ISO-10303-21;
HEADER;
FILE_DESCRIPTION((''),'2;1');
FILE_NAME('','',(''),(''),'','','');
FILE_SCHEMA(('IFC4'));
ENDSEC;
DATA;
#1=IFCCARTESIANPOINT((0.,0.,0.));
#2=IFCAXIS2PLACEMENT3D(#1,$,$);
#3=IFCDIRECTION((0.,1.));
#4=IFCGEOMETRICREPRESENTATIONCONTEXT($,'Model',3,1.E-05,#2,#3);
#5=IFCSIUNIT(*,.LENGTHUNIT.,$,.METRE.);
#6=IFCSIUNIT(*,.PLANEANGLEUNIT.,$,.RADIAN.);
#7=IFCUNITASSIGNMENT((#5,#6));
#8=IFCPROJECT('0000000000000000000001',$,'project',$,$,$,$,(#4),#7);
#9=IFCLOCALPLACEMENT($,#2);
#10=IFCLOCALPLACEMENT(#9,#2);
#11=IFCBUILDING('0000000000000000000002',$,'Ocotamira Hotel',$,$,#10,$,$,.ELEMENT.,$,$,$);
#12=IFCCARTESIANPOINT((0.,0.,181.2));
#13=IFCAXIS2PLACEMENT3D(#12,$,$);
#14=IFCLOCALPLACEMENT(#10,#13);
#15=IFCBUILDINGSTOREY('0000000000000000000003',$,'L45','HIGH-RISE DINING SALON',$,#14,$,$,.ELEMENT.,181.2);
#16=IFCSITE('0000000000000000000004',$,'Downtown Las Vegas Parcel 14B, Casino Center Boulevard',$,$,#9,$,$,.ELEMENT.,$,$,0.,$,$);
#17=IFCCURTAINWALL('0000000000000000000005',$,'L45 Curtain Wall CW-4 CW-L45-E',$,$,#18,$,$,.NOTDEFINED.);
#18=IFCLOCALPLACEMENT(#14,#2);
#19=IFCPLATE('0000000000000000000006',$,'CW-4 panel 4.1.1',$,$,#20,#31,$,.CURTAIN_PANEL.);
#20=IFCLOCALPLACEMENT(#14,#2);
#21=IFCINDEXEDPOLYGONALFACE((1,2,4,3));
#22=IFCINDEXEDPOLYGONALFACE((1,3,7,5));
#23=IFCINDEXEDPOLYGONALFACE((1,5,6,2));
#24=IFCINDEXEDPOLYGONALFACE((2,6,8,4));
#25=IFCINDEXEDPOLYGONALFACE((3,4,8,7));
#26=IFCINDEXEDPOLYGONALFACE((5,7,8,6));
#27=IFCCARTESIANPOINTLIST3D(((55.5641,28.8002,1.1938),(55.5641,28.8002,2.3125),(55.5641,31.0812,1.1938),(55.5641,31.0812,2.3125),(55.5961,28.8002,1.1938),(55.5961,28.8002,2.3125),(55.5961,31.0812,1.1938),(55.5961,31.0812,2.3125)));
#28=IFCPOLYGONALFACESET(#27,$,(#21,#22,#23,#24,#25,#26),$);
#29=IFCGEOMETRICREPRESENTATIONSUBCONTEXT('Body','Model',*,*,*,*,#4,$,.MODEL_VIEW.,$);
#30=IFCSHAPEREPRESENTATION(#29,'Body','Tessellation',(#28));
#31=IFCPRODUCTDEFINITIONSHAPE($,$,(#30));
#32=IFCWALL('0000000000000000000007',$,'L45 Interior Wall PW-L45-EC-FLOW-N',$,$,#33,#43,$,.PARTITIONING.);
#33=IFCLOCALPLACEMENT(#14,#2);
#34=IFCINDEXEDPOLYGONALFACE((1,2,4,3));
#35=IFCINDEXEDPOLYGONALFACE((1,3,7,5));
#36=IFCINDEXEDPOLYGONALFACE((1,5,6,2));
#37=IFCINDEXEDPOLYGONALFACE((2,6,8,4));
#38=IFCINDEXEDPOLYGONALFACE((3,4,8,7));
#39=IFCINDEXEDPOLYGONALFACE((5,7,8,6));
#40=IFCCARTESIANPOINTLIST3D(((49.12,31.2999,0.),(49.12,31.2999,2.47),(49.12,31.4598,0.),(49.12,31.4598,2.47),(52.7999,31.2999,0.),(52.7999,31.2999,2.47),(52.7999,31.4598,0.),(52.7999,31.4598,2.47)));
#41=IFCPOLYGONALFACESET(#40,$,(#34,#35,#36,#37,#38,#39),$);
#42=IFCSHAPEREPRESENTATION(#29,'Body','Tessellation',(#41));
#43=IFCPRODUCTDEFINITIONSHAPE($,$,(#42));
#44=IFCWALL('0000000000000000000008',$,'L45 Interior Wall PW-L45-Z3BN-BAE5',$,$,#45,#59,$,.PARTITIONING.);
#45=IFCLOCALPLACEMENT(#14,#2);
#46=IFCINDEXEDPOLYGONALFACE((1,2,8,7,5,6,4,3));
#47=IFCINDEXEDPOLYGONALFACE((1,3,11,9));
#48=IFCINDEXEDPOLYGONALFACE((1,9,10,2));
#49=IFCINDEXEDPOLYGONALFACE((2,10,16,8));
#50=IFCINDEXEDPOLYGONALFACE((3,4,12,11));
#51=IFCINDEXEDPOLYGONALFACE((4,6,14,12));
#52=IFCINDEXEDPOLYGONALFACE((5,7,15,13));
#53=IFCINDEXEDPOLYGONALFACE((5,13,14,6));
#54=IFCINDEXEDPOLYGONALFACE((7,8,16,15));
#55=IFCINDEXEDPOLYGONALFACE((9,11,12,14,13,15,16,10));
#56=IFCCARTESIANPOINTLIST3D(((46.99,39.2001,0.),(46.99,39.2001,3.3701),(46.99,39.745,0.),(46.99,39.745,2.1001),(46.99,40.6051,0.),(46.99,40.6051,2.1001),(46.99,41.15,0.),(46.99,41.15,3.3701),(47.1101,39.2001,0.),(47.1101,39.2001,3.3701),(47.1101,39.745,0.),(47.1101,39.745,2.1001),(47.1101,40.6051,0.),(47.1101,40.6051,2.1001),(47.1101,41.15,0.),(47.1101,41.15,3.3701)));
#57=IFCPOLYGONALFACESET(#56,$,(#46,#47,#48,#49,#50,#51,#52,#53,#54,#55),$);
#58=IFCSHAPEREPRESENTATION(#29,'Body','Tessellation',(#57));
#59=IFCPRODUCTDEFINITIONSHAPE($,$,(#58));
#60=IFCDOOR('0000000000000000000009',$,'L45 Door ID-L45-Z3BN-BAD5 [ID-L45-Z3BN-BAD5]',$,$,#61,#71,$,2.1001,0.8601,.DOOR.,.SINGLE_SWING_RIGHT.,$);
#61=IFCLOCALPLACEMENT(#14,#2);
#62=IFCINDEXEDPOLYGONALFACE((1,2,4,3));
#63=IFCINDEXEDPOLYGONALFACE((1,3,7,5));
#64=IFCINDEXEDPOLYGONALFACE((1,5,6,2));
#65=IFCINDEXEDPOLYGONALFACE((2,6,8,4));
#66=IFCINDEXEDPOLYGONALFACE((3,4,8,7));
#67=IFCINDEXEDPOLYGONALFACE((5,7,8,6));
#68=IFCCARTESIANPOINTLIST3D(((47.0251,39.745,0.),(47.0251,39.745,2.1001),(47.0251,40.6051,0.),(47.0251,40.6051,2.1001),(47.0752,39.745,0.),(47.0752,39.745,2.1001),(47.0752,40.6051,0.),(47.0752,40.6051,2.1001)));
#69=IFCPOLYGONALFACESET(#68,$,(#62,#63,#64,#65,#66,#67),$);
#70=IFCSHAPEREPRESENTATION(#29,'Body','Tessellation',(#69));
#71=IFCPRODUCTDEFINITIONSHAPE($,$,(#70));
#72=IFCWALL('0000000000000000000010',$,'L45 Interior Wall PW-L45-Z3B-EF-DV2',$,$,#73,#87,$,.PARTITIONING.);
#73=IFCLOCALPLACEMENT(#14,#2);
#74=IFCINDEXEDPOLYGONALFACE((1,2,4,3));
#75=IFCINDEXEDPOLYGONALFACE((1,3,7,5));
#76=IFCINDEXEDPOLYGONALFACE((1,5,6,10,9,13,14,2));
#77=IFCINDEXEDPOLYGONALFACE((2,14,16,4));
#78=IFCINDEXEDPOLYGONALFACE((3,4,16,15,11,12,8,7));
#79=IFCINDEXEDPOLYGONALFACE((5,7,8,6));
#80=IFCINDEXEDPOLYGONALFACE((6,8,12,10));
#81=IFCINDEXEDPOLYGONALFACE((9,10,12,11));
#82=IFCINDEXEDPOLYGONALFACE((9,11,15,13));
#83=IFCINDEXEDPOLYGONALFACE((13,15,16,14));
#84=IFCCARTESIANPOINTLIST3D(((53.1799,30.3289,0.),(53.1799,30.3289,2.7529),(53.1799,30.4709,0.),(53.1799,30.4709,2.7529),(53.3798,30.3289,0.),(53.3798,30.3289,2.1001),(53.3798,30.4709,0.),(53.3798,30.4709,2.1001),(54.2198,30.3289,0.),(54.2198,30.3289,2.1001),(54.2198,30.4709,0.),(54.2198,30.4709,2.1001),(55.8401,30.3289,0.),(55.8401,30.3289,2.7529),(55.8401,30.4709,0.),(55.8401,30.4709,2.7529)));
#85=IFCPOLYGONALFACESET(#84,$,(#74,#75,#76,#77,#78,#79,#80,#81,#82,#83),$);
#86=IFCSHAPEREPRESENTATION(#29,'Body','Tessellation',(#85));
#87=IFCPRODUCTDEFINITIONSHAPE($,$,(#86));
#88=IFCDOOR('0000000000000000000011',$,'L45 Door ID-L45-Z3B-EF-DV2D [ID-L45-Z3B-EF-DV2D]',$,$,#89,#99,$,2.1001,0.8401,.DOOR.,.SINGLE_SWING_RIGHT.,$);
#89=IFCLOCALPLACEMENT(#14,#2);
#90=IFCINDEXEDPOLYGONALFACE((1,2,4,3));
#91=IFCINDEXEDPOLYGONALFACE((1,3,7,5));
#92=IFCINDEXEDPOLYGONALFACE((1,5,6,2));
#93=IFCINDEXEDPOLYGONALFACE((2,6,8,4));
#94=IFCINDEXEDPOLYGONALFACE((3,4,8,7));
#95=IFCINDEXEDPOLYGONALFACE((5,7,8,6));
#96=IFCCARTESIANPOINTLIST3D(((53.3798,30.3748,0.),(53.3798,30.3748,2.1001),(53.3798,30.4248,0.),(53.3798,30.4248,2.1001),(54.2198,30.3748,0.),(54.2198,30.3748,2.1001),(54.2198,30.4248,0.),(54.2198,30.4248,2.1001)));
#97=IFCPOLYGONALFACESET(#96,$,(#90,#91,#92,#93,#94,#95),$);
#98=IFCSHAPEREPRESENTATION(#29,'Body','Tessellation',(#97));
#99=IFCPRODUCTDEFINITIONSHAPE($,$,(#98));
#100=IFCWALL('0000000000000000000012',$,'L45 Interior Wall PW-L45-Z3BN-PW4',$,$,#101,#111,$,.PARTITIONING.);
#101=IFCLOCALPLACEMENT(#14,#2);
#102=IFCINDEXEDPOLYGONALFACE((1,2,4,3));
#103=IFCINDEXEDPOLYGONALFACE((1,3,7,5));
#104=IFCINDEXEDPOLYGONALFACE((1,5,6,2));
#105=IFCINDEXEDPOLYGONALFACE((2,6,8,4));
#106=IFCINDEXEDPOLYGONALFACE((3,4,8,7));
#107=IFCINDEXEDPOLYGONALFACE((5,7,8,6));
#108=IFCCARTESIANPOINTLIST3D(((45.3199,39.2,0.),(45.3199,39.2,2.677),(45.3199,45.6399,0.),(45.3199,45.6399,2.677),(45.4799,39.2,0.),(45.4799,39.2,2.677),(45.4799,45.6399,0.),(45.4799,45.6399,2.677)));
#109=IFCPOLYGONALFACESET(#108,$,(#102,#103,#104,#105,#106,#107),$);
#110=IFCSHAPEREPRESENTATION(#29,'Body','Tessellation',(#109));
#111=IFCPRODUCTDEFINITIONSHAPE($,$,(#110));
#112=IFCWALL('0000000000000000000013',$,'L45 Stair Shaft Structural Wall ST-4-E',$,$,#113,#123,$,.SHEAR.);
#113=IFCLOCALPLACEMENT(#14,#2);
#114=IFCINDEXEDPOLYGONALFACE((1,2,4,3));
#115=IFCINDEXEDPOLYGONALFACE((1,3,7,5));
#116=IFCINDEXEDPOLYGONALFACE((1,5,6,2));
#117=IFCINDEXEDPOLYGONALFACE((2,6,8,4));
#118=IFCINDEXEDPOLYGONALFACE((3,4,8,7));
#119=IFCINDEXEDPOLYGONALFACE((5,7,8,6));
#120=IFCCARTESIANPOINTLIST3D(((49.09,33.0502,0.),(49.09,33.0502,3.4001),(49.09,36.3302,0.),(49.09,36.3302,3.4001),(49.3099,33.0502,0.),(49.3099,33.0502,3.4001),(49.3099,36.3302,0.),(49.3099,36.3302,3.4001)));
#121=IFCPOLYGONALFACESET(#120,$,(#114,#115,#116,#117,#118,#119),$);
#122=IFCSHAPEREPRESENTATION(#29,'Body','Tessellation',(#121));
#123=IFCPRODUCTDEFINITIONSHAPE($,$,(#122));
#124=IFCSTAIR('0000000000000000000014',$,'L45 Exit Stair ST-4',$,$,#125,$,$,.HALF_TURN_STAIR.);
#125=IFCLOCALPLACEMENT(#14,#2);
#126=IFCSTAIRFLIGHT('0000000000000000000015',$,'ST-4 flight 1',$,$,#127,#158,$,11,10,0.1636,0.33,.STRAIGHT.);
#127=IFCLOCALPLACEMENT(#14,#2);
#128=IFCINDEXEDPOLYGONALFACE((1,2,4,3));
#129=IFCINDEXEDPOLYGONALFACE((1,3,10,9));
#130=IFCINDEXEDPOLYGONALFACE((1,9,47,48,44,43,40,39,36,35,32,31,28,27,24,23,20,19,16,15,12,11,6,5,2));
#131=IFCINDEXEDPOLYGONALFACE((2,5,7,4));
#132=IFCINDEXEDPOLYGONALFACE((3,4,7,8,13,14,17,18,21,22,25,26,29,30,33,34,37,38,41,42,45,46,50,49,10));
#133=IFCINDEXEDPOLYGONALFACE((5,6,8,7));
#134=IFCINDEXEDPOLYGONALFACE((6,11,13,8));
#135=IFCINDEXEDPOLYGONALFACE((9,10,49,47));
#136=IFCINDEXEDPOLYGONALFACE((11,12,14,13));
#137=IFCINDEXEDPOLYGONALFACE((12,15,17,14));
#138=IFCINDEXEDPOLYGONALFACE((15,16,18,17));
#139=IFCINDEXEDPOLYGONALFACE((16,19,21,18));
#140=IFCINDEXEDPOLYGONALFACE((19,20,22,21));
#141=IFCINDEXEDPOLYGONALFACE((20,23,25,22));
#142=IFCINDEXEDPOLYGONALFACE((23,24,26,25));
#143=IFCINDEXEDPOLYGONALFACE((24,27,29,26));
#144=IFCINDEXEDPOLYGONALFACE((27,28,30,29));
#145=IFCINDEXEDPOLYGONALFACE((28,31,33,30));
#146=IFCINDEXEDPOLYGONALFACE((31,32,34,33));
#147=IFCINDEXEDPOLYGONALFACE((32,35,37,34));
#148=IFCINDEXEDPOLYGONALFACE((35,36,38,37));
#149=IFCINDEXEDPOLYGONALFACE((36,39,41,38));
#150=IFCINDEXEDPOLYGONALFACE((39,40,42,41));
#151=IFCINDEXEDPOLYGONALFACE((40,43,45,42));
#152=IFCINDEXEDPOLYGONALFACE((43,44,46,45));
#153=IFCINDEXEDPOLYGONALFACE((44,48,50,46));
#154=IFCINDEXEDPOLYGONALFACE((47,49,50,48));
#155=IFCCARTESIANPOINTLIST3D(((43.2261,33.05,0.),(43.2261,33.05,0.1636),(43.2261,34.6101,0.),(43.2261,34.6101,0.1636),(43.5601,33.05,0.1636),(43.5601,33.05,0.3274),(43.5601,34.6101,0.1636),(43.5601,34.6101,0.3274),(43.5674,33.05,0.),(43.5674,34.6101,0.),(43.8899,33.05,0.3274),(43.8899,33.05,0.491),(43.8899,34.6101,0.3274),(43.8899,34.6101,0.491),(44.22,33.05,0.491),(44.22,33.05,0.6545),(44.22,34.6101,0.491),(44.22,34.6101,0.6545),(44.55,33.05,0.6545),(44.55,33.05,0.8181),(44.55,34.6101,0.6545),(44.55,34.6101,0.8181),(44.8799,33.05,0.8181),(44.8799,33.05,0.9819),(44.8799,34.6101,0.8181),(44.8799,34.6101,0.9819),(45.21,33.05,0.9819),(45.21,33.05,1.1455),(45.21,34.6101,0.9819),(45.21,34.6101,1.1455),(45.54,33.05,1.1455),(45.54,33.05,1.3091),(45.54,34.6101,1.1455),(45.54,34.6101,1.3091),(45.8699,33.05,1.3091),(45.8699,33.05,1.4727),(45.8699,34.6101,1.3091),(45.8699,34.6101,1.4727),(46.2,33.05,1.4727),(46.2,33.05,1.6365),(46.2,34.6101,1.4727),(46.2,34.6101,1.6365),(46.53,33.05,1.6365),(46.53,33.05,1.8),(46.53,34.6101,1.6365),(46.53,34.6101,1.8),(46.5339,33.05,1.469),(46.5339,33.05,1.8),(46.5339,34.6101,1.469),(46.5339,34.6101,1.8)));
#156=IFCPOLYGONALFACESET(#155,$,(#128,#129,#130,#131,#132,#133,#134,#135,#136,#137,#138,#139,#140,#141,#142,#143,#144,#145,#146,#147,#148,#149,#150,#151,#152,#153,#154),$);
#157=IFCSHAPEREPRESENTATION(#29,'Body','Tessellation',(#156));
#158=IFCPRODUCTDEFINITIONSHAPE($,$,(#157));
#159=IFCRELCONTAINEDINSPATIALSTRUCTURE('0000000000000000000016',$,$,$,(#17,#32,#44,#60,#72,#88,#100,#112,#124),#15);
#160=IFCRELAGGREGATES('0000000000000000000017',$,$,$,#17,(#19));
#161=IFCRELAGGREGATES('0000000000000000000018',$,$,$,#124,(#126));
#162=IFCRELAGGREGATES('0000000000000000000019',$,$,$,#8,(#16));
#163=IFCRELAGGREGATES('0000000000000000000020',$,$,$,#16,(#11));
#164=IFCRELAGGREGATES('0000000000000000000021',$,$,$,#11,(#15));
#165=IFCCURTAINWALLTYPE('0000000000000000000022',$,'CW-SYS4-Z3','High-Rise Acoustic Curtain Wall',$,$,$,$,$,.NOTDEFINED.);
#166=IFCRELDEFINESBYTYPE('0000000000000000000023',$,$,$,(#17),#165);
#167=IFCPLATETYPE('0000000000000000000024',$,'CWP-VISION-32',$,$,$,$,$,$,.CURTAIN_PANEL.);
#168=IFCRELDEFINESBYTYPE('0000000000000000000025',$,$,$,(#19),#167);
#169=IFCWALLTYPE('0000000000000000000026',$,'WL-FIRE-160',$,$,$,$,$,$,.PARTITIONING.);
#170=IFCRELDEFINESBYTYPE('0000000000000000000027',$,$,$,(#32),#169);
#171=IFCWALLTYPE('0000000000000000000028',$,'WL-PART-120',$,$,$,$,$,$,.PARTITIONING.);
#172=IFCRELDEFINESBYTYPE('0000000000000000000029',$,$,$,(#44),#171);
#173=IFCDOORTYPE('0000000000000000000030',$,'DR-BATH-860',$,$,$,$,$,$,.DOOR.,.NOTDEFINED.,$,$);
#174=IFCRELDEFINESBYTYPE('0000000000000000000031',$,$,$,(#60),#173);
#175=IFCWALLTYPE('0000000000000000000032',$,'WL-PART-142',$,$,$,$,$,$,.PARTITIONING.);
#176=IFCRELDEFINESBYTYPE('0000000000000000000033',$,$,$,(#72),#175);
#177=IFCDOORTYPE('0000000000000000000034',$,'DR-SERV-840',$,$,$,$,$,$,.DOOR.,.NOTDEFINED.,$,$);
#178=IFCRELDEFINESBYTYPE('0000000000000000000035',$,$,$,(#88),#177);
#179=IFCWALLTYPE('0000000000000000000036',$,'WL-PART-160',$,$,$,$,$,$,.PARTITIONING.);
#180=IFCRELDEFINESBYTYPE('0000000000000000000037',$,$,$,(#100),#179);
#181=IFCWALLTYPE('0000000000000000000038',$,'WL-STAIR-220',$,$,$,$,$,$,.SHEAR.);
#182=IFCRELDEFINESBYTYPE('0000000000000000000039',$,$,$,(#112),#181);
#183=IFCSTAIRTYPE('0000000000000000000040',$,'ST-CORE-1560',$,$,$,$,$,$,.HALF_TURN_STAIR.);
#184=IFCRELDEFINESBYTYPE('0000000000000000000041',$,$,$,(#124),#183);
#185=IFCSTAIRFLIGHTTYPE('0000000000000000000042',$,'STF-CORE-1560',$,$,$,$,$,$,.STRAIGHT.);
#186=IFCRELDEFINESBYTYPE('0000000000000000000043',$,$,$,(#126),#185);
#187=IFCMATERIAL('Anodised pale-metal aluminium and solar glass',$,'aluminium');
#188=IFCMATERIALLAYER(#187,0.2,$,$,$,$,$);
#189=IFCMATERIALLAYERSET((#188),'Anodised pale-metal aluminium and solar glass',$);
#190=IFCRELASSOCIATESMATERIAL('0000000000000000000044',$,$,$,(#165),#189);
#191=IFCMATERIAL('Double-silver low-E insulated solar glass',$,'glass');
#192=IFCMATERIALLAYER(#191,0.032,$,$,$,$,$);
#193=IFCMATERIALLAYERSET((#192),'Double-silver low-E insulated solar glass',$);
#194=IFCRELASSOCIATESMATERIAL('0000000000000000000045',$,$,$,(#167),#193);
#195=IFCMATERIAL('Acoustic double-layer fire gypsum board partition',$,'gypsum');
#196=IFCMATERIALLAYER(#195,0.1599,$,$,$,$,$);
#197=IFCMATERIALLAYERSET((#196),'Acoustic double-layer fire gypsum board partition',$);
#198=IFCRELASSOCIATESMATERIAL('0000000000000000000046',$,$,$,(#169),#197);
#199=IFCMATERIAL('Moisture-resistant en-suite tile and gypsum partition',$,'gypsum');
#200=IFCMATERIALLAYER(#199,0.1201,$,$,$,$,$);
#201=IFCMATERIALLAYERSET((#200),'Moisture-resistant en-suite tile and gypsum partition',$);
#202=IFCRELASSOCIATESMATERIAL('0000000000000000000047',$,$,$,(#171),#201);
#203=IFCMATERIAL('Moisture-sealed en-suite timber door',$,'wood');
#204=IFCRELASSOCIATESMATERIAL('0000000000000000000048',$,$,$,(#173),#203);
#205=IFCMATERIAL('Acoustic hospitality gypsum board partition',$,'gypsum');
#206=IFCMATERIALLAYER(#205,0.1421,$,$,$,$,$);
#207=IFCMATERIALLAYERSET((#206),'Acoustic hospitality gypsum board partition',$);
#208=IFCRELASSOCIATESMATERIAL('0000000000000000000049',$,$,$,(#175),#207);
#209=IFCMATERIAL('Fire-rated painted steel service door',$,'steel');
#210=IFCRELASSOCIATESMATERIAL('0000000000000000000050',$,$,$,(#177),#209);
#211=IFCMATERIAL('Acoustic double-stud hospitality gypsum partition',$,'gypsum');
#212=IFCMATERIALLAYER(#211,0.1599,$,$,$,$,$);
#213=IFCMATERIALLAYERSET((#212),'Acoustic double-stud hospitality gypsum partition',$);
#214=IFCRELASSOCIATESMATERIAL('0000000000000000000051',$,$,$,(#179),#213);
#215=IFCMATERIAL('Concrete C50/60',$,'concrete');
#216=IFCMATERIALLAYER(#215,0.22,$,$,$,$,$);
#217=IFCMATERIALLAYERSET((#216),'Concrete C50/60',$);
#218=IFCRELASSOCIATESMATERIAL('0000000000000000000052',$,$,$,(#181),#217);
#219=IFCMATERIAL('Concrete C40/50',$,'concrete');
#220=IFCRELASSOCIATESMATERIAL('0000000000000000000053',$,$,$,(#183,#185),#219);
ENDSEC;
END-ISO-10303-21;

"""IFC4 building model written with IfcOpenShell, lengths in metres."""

from ifc_helpers import new_model, si_unit, direction, frame, frame_2d, origin, origin_2d, place, context, subcontext, project, spatial, polyline, rectangle, outline, extrude, source, transform, mapped, material, layer, layer_set, type_object, element, fill, aggregate, save


model = new_model("IFC4")

# Units and contexts
model_context = context("Model", 3, precision=1e-05, world=origin(), true_north=direction((0.0, 1.0)))
body_context = subcontext(model_context, "Body", "Model", "MODEL_VIEW")
ifc_project = project(units=[si_unit("LENGTHUNIT", "METRE"), si_unit("PLANEANGLEUNIT", "RADIAN")], contexts=[model_context])

# Site, building, storey
site_placement = place(None, origin())
site = spatial("IfcSite", under=ifc_project, at=site_placement, Name="Downtown Las Vegas Parcel 14B, Casino Center Boulevard", CompositionType="ELEMENT", RefElevation=0.0)
building_placement = place(site_placement, origin())
building = spatial("IfcBuilding", under=site, at=building_placement, Name="Ocotamira Hotel", CompositionType="ELEMENT")
storey_placement = place(building_placement, frame((0.0, 0.0, 181.2)))
storey = spatial("IfcBuildingStorey", under=building, at=storey_placement, Name="L45", Description="HIGH-RISE DINING SALON", CompositionType="ELEMENT", Elevation=181.2)

# Curtain wall
ifc_material_1 = material(Name="Anodised pale-metal aluminium and solar glass", Category="aluminium")
ifc_layer_1 = layer(ifc_material_1, 0.2)
ifc_layer_set_1 = layer_set([ifc_layer_1], Name="Anodised pale-metal aluminium and solar glass")
curtain_wall_type = type_object("IfcCurtainWallType", Name="CW-SYS4-Z3", Description="High-Rise Acoustic Curtain Wall", PredefinedType="NOTDEFINED", material=ifc_layer_set_1)
curtain_wall_placement = place(storey_placement, origin())
curtain_wall = element("IfcCurtainWall", 1, at=curtain_wall_placement, inside=storey, type_object=curtain_wall_type, Name="L45 Curtain Wall CW-4 CW-L45-E", PredefinedType="NOTDEFINED")

# Plate
ifc_material_2 = material(Name="Double-silver low-E insulated solar glass", Category="glass")
ifc_layer_2 = layer(ifc_material_2, 0.032)
ifc_layer_set_2 = layer_set([ifc_layer_2], Name="Double-silver low-E insulated solar glass")
plate_type_1 = type_object("IfcPlateType", Name="CWP-VISION-32", PredefinedType="CURTAIN_PANEL", material=ifc_layer_set_2)
shared_shape_1 = source(origin(), body_context, "Body", "SweptSolid", [
    extrude(rectangle(XDim=2.281, YDim=0.032, at=origin_2d()), origin(), (0.0, 0.0, 1.0), 1.1187),
])
plate_1_placement = place(storey_placement, frame((55.5801, 29.9407, 1.1938), z_axis=(0.0, 0.0, 1.0), x_axis=(0.0, 1.0, 0.0)))
plate_1 = element("IfcPlate", 2, at=plate_1_placement, type_object=plate_type_1, Name="CW-4 panel 4.1.1", PredefinedType="CURTAIN_PANEL", context=body_context, shape_type="MappedRepresentation", body=[
    mapped(shared_shape_1, transform((0.0, 0.0, 0.0), scale=1.0)),
])
aggregate(curtain_wall, [plate_1])

# Wall
ifc_material_3 = material(Name="Acoustic double-layer fire gypsum board partition", Category="gypsum")
ifc_layer_3 = layer(ifc_material_3, 0.1599)
ifc_layer_set_3 = layer_set([ifc_layer_3], Name="Acoustic double-layer fire gypsum board partition")
wall_type_1 = type_object("IfcWallType", Name="WL-FIRE-160", PredefinedType="PARTITIONING", material=ifc_layer_set_3)
wall_1_placement = place(storey_placement, frame((49.1201, 31.3799, 0.0), z_axis=(0.0, 0.0, 1.0), x_axis=(1.0, 0.0, 0.0)))
element("IfcWall", 3, at=wall_1_placement, inside=storey, type_object=wall_type_1, Name="L45 Interior Wall PW-L45-EC-FLOW-N", PredefinedType="PARTITIONING", context=body_context, shape_type="SweptSolid", body=[
    extrude(rectangle(XDim=3.6799, YDim=0.1599, at=frame_2d((1.8398, 0.0))), origin(), (0.0, 0.0, 1.0), 2.47),
])

# Walls, openings, doors
ifc_material_4 = material(Name="Moisture-resistant en-suite tile and gypsum partition", Category="gypsum")
ifc_layer_4 = layer(ifc_material_4, 0.1201)
ifc_layer_set_4 = layer_set([ifc_layer_4], Name="Moisture-resistant en-suite tile and gypsum partition")
wall_type_2 = type_object("IfcWallType", Name="WL-PART-120", PredefinedType="PARTITIONING", material=ifc_layer_set_4)
wall_2_placement = place(storey_placement, frame((47.05, 39.2, 0.0), z_axis=(0.0, 0.0, 1.0), x_axis=(0.0, 1.0, 0.0)))
wall_2 = element("IfcWall", 4, at=wall_2_placement, inside=storey, type_object=wall_type_2, Name="L45 Interior Wall PW-L45-Z3BN-BAE5", PredefinedType="PARTITIONING", context=body_context, shape_type="SweptSolid", body=[
    extrude(rectangle(XDim=1.95, YDim=0.1201, at=frame_2d((0.9751, 0.0))), origin(), (0.0, 0.0, 1.0), 3.3701),
])
opening_1_placement = place(wall_2_placement, frame((0.5449, 0.0, 0.0)))
opening_1 = element("IfcOpeningElement", 5, at=opening_1_placement, cuts=wall_2, PredefinedType="OPENING", context=body_context, shape_type="SweptSolid", body=[
    extrude(rectangle(XDim=0.8601, YDim=2.1001, at=frame_2d((0.4302, 1.05))), frame((0.0, 0.0701, 0.0), z_axis=(0.0, -1.0, 0.0), x_axis=(1.0, 0.0, 0.0)), (0.0, 0.0, 1.0), 0.1401),
])
ifc_material_5 = material(Name="Moisture-sealed en-suite timber door", Category="wood")
door_type_1 = type_object("IfcDoorType", Name="DR-BATH-860", OperationType="NOTDEFINED", PredefinedType="DOOR", material=ifc_material_5)
shared_shape_2 = source(origin(), body_context, "Body", "SweptSolid", [
    extrude(rectangle(XDim=0.8601, YDim=2.1001, at=frame_2d((0.4302, 1.05))), frame((0.0, 0.0249, 0.0), z_axis=(0.0, -1.0, 0.0), x_axis=(1.0, 0.0, 0.0)), (0.0, 0.0, 1.0), 0.05),
])
door_1_placement = place(opening_1_placement, origin())
door_1 = element("IfcDoor", 6, at=door_1_placement, inside=storey, type_object=door_type_1, Name="L45 Door ID-L45-Z3BN-BAD5 [ID-L45-Z3BN-BAD5]", OperationType="SINGLE_SWING_RIGHT", OverallHeight=2.1001, OverallWidth=0.8601, PredefinedType="DOOR", context=body_context, shape_type="MappedRepresentation", body=[
    mapped(shared_shape_2, transform((0.0, 0.0, 0.0), scale=1.0)),
])
fill(opening_1, door_1)
ifc_material_6 = material(Name="Acoustic hospitality gypsum board partition", Category="gypsum")
ifc_layer_5 = layer(ifc_material_6, 0.1421)
ifc_layer_set_5 = layer_set([ifc_layer_5], Name="Acoustic hospitality gypsum board partition")
wall_type_3 = type_object("IfcWallType", Name="WL-PART-142", PredefinedType="PARTITIONING", material=ifc_layer_set_5)
wall_3_placement = place(storey_placement, frame((53.1799, 30.3999, 0.0), z_axis=(0.0, 0.0, 1.0), x_axis=(1.0, 0.0, 0.0)))
wall_3 = element("IfcWall", 7, at=wall_3_placement, inside=storey, type_object=wall_type_3, Name="L45 Interior Wall PW-L45-Z3B-EF-DV2", PredefinedType="PARTITIONING", context=body_context, shape_type="SweptSolid", body=[
    extrude(rectangle(XDim=2.6602, YDim=0.1421, at=frame_2d((1.3301, 0.0))), origin(), (0.0, 0.0, 1.0), 2.7529),
])
opening_2_placement = place(wall_3_placement, frame((0.2, 0.0, 0.0)))
opening_2 = element("IfcOpeningElement", 8, at=opening_2_placement, cuts=wall_3, PredefinedType="OPENING", context=body_context, shape_type="SweptSolid", body=[
    extrude(rectangle(XDim=0.8401, YDim=2.1001, at=frame_2d((0.4199, 1.05))), frame((0.0, 0.0811, 0.0), z_axis=(0.0, -1.0, 0.0), x_axis=(1.0, 0.0, 0.0)), (0.0, 0.0, 1.0), 0.1621),
])
ifc_material_7 = material(Name="Fire-rated painted steel service door", Category="steel")
door_type_2 = type_object("IfcDoorType", Name="DR-SERV-840", OperationType="NOTDEFINED", PredefinedType="DOOR", material=ifc_material_7)
shared_shape_3 = source(origin(), body_context, "Body", "SweptSolid", [
    extrude(rectangle(XDim=0.8401, YDim=2.1001, at=frame_2d((0.4199, 1.05))), frame((0.0, 0.0249, 0.0), z_axis=(0.0, -1.0, 0.0), x_axis=(1.0, 0.0, 0.0)), (0.0, 0.0, 1.0), 0.05),
])
door_2_placement = place(opening_2_placement, origin())
door_2 = element("IfcDoor", 9, at=door_2_placement, inside=storey, type_object=door_type_2, Name="L45 Door ID-L45-Z3B-EF-DV2D [ID-L45-Z3B-EF-DV2D]", OperationType="SINGLE_SWING_RIGHT", OverallHeight=2.1001, OverallWidth=0.8401, PredefinedType="DOOR", context=body_context, shape_type="MappedRepresentation", body=[
    mapped(shared_shape_3, transform((0.0, 0.0, 0.0), scale=1.0)),
])
fill(opening_2, door_2)

# Walls
ifc_material_8 = material(Name="Acoustic double-stud hospitality gypsum partition", Category="gypsum")
ifc_layer_6 = layer(ifc_material_8, 0.1599)
ifc_layer_set_6 = layer_set([ifc_layer_6], Name="Acoustic double-stud hospitality gypsum partition")
wall_type_4 = type_object("IfcWallType", Name="WL-PART-160", PredefinedType="PARTITIONING", material=ifc_layer_set_6)
wall_4_placement = place(storey_placement, frame((45.3999, 39.2, 0.0), z_axis=(0.0, 0.0, 1.0), x_axis=(0.0, 1.0, 0.0)))
element("IfcWall", 10, at=wall_4_placement, inside=storey, type_object=wall_type_4, Name="L45 Interior Wall PW-L45-Z3BN-PW4", PredefinedType="PARTITIONING", context=body_context, shape_type="SweptSolid", body=[
    extrude(rectangle(XDim=6.4399, YDim=0.1599, at=frame_2d((3.22, 0.0))), origin(), (0.0, 0.0, 1.0), 2.677),
])
ifc_material_9 = material(Name="Concrete C50/60", Category="concrete")
ifc_layer_7 = layer(ifc_material_9, 0.22)
ifc_layer_set_7 = layer_set([ifc_layer_7], Name="Concrete C50/60")
wall_type_5 = type_object("IfcWallType", Name="WL-STAIR-220", PredefinedType="SHEAR", material=ifc_layer_set_7)
wall_5_placement = place(storey_placement, frame((49.2, 33.05, 0.0), z_axis=(0.0, 0.0, 1.0), x_axis=(0.0, 1.0, 0.0)))
element("IfcWall", 11, at=wall_5_placement, inside=storey, type_object=wall_type_5, Name="L45 Stair Shaft Structural Wall ST-4-E", PredefinedType="SHEAR", context=body_context, shape_type="SweptSolid", body=[
    extrude(rectangle(XDim=3.28, YDim=0.22, at=frame_2d((1.6401, 0.0))), origin(), (0.0, 0.0, 1.0), 3.4001),
])

# Stair, stair flight
ifc_material_10 = material(Name="Concrete C40/50", Category="concrete")
stair_type = type_object("IfcStairType", Name="ST-CORE-1560", PredefinedType="HALF_TURN_STAIR", material=ifc_material_10)
stair_placement = place(storey_placement, origin())
stair = element("IfcStair", 12, at=stair_placement, inside=storey, type_object=stair_type, Name="L45 Exit Stair ST-4", PredefinedType="HALF_TURN_STAIR")
stair_flight_type = type_object("IfcStairFlightType", Name="STF-CORE-1560", PredefinedType="STRAIGHT", material=ifc_material_10)
shared_shape_4 = source(origin(), body_context, "Body", "SweptSolid", [
    extrude(outline(polyline([(-0.0039, 0.0), (-0.0039, 0.1636), (0.3301, 0.1636), (0.3301, 0.3274), (0.6599, 0.3274), (0.6599, 0.491), (0.99, 0.491), (0.99, 0.6545), (1.3201, 0.6545), (1.3201, 0.8181), (1.6499, 0.8181), (1.6499, 0.9819), (1.98, 0.9819), (1.98, 1.1455), (2.3101, 1.1455), (2.3101, 1.3091), (2.6399, 1.3091), (2.6399, 1.4727), (2.97, 1.4727), (2.97, 1.6365), (3.3, 1.6365), (3.3, 1.8), (3.304, 1.8), (3.304, 1.469), (0.3374, 0.0), (-0.0039, 0.0)])), frame((0.0, 0.78, 0.0), z_axis=(0.0, -1.0, 0.0), x_axis=(1.0, 0.0, 0.0)), (0.0, 0.0, 1.0), 1.5601),
])
stair_flight_1_placement = place(storey_placement, frame((43.23, 33.8301, 0.0), z_axis=(0.0, 0.0, 1.0), x_axis=(1.0, 0.0, 0.0)))
stair_flight_1 = element("IfcStairFlight", 13, at=stair_flight_1_placement, type_object=stair_flight_type, Name="ST-4 flight 1", NumberOfRisers=11, NumberOfTreads=10, PredefinedType="STRAIGHT", RiserHeight=0.1636, TreadLength=0.33, context=body_context, shape_type="MappedRepresentation", body=[
    mapped(shared_shape_4, transform((0.0, 0.0, 0.0), scale=1.0)),
])
aggregate(stair, [stair_flight_1])

save(model, "model.ifc")
